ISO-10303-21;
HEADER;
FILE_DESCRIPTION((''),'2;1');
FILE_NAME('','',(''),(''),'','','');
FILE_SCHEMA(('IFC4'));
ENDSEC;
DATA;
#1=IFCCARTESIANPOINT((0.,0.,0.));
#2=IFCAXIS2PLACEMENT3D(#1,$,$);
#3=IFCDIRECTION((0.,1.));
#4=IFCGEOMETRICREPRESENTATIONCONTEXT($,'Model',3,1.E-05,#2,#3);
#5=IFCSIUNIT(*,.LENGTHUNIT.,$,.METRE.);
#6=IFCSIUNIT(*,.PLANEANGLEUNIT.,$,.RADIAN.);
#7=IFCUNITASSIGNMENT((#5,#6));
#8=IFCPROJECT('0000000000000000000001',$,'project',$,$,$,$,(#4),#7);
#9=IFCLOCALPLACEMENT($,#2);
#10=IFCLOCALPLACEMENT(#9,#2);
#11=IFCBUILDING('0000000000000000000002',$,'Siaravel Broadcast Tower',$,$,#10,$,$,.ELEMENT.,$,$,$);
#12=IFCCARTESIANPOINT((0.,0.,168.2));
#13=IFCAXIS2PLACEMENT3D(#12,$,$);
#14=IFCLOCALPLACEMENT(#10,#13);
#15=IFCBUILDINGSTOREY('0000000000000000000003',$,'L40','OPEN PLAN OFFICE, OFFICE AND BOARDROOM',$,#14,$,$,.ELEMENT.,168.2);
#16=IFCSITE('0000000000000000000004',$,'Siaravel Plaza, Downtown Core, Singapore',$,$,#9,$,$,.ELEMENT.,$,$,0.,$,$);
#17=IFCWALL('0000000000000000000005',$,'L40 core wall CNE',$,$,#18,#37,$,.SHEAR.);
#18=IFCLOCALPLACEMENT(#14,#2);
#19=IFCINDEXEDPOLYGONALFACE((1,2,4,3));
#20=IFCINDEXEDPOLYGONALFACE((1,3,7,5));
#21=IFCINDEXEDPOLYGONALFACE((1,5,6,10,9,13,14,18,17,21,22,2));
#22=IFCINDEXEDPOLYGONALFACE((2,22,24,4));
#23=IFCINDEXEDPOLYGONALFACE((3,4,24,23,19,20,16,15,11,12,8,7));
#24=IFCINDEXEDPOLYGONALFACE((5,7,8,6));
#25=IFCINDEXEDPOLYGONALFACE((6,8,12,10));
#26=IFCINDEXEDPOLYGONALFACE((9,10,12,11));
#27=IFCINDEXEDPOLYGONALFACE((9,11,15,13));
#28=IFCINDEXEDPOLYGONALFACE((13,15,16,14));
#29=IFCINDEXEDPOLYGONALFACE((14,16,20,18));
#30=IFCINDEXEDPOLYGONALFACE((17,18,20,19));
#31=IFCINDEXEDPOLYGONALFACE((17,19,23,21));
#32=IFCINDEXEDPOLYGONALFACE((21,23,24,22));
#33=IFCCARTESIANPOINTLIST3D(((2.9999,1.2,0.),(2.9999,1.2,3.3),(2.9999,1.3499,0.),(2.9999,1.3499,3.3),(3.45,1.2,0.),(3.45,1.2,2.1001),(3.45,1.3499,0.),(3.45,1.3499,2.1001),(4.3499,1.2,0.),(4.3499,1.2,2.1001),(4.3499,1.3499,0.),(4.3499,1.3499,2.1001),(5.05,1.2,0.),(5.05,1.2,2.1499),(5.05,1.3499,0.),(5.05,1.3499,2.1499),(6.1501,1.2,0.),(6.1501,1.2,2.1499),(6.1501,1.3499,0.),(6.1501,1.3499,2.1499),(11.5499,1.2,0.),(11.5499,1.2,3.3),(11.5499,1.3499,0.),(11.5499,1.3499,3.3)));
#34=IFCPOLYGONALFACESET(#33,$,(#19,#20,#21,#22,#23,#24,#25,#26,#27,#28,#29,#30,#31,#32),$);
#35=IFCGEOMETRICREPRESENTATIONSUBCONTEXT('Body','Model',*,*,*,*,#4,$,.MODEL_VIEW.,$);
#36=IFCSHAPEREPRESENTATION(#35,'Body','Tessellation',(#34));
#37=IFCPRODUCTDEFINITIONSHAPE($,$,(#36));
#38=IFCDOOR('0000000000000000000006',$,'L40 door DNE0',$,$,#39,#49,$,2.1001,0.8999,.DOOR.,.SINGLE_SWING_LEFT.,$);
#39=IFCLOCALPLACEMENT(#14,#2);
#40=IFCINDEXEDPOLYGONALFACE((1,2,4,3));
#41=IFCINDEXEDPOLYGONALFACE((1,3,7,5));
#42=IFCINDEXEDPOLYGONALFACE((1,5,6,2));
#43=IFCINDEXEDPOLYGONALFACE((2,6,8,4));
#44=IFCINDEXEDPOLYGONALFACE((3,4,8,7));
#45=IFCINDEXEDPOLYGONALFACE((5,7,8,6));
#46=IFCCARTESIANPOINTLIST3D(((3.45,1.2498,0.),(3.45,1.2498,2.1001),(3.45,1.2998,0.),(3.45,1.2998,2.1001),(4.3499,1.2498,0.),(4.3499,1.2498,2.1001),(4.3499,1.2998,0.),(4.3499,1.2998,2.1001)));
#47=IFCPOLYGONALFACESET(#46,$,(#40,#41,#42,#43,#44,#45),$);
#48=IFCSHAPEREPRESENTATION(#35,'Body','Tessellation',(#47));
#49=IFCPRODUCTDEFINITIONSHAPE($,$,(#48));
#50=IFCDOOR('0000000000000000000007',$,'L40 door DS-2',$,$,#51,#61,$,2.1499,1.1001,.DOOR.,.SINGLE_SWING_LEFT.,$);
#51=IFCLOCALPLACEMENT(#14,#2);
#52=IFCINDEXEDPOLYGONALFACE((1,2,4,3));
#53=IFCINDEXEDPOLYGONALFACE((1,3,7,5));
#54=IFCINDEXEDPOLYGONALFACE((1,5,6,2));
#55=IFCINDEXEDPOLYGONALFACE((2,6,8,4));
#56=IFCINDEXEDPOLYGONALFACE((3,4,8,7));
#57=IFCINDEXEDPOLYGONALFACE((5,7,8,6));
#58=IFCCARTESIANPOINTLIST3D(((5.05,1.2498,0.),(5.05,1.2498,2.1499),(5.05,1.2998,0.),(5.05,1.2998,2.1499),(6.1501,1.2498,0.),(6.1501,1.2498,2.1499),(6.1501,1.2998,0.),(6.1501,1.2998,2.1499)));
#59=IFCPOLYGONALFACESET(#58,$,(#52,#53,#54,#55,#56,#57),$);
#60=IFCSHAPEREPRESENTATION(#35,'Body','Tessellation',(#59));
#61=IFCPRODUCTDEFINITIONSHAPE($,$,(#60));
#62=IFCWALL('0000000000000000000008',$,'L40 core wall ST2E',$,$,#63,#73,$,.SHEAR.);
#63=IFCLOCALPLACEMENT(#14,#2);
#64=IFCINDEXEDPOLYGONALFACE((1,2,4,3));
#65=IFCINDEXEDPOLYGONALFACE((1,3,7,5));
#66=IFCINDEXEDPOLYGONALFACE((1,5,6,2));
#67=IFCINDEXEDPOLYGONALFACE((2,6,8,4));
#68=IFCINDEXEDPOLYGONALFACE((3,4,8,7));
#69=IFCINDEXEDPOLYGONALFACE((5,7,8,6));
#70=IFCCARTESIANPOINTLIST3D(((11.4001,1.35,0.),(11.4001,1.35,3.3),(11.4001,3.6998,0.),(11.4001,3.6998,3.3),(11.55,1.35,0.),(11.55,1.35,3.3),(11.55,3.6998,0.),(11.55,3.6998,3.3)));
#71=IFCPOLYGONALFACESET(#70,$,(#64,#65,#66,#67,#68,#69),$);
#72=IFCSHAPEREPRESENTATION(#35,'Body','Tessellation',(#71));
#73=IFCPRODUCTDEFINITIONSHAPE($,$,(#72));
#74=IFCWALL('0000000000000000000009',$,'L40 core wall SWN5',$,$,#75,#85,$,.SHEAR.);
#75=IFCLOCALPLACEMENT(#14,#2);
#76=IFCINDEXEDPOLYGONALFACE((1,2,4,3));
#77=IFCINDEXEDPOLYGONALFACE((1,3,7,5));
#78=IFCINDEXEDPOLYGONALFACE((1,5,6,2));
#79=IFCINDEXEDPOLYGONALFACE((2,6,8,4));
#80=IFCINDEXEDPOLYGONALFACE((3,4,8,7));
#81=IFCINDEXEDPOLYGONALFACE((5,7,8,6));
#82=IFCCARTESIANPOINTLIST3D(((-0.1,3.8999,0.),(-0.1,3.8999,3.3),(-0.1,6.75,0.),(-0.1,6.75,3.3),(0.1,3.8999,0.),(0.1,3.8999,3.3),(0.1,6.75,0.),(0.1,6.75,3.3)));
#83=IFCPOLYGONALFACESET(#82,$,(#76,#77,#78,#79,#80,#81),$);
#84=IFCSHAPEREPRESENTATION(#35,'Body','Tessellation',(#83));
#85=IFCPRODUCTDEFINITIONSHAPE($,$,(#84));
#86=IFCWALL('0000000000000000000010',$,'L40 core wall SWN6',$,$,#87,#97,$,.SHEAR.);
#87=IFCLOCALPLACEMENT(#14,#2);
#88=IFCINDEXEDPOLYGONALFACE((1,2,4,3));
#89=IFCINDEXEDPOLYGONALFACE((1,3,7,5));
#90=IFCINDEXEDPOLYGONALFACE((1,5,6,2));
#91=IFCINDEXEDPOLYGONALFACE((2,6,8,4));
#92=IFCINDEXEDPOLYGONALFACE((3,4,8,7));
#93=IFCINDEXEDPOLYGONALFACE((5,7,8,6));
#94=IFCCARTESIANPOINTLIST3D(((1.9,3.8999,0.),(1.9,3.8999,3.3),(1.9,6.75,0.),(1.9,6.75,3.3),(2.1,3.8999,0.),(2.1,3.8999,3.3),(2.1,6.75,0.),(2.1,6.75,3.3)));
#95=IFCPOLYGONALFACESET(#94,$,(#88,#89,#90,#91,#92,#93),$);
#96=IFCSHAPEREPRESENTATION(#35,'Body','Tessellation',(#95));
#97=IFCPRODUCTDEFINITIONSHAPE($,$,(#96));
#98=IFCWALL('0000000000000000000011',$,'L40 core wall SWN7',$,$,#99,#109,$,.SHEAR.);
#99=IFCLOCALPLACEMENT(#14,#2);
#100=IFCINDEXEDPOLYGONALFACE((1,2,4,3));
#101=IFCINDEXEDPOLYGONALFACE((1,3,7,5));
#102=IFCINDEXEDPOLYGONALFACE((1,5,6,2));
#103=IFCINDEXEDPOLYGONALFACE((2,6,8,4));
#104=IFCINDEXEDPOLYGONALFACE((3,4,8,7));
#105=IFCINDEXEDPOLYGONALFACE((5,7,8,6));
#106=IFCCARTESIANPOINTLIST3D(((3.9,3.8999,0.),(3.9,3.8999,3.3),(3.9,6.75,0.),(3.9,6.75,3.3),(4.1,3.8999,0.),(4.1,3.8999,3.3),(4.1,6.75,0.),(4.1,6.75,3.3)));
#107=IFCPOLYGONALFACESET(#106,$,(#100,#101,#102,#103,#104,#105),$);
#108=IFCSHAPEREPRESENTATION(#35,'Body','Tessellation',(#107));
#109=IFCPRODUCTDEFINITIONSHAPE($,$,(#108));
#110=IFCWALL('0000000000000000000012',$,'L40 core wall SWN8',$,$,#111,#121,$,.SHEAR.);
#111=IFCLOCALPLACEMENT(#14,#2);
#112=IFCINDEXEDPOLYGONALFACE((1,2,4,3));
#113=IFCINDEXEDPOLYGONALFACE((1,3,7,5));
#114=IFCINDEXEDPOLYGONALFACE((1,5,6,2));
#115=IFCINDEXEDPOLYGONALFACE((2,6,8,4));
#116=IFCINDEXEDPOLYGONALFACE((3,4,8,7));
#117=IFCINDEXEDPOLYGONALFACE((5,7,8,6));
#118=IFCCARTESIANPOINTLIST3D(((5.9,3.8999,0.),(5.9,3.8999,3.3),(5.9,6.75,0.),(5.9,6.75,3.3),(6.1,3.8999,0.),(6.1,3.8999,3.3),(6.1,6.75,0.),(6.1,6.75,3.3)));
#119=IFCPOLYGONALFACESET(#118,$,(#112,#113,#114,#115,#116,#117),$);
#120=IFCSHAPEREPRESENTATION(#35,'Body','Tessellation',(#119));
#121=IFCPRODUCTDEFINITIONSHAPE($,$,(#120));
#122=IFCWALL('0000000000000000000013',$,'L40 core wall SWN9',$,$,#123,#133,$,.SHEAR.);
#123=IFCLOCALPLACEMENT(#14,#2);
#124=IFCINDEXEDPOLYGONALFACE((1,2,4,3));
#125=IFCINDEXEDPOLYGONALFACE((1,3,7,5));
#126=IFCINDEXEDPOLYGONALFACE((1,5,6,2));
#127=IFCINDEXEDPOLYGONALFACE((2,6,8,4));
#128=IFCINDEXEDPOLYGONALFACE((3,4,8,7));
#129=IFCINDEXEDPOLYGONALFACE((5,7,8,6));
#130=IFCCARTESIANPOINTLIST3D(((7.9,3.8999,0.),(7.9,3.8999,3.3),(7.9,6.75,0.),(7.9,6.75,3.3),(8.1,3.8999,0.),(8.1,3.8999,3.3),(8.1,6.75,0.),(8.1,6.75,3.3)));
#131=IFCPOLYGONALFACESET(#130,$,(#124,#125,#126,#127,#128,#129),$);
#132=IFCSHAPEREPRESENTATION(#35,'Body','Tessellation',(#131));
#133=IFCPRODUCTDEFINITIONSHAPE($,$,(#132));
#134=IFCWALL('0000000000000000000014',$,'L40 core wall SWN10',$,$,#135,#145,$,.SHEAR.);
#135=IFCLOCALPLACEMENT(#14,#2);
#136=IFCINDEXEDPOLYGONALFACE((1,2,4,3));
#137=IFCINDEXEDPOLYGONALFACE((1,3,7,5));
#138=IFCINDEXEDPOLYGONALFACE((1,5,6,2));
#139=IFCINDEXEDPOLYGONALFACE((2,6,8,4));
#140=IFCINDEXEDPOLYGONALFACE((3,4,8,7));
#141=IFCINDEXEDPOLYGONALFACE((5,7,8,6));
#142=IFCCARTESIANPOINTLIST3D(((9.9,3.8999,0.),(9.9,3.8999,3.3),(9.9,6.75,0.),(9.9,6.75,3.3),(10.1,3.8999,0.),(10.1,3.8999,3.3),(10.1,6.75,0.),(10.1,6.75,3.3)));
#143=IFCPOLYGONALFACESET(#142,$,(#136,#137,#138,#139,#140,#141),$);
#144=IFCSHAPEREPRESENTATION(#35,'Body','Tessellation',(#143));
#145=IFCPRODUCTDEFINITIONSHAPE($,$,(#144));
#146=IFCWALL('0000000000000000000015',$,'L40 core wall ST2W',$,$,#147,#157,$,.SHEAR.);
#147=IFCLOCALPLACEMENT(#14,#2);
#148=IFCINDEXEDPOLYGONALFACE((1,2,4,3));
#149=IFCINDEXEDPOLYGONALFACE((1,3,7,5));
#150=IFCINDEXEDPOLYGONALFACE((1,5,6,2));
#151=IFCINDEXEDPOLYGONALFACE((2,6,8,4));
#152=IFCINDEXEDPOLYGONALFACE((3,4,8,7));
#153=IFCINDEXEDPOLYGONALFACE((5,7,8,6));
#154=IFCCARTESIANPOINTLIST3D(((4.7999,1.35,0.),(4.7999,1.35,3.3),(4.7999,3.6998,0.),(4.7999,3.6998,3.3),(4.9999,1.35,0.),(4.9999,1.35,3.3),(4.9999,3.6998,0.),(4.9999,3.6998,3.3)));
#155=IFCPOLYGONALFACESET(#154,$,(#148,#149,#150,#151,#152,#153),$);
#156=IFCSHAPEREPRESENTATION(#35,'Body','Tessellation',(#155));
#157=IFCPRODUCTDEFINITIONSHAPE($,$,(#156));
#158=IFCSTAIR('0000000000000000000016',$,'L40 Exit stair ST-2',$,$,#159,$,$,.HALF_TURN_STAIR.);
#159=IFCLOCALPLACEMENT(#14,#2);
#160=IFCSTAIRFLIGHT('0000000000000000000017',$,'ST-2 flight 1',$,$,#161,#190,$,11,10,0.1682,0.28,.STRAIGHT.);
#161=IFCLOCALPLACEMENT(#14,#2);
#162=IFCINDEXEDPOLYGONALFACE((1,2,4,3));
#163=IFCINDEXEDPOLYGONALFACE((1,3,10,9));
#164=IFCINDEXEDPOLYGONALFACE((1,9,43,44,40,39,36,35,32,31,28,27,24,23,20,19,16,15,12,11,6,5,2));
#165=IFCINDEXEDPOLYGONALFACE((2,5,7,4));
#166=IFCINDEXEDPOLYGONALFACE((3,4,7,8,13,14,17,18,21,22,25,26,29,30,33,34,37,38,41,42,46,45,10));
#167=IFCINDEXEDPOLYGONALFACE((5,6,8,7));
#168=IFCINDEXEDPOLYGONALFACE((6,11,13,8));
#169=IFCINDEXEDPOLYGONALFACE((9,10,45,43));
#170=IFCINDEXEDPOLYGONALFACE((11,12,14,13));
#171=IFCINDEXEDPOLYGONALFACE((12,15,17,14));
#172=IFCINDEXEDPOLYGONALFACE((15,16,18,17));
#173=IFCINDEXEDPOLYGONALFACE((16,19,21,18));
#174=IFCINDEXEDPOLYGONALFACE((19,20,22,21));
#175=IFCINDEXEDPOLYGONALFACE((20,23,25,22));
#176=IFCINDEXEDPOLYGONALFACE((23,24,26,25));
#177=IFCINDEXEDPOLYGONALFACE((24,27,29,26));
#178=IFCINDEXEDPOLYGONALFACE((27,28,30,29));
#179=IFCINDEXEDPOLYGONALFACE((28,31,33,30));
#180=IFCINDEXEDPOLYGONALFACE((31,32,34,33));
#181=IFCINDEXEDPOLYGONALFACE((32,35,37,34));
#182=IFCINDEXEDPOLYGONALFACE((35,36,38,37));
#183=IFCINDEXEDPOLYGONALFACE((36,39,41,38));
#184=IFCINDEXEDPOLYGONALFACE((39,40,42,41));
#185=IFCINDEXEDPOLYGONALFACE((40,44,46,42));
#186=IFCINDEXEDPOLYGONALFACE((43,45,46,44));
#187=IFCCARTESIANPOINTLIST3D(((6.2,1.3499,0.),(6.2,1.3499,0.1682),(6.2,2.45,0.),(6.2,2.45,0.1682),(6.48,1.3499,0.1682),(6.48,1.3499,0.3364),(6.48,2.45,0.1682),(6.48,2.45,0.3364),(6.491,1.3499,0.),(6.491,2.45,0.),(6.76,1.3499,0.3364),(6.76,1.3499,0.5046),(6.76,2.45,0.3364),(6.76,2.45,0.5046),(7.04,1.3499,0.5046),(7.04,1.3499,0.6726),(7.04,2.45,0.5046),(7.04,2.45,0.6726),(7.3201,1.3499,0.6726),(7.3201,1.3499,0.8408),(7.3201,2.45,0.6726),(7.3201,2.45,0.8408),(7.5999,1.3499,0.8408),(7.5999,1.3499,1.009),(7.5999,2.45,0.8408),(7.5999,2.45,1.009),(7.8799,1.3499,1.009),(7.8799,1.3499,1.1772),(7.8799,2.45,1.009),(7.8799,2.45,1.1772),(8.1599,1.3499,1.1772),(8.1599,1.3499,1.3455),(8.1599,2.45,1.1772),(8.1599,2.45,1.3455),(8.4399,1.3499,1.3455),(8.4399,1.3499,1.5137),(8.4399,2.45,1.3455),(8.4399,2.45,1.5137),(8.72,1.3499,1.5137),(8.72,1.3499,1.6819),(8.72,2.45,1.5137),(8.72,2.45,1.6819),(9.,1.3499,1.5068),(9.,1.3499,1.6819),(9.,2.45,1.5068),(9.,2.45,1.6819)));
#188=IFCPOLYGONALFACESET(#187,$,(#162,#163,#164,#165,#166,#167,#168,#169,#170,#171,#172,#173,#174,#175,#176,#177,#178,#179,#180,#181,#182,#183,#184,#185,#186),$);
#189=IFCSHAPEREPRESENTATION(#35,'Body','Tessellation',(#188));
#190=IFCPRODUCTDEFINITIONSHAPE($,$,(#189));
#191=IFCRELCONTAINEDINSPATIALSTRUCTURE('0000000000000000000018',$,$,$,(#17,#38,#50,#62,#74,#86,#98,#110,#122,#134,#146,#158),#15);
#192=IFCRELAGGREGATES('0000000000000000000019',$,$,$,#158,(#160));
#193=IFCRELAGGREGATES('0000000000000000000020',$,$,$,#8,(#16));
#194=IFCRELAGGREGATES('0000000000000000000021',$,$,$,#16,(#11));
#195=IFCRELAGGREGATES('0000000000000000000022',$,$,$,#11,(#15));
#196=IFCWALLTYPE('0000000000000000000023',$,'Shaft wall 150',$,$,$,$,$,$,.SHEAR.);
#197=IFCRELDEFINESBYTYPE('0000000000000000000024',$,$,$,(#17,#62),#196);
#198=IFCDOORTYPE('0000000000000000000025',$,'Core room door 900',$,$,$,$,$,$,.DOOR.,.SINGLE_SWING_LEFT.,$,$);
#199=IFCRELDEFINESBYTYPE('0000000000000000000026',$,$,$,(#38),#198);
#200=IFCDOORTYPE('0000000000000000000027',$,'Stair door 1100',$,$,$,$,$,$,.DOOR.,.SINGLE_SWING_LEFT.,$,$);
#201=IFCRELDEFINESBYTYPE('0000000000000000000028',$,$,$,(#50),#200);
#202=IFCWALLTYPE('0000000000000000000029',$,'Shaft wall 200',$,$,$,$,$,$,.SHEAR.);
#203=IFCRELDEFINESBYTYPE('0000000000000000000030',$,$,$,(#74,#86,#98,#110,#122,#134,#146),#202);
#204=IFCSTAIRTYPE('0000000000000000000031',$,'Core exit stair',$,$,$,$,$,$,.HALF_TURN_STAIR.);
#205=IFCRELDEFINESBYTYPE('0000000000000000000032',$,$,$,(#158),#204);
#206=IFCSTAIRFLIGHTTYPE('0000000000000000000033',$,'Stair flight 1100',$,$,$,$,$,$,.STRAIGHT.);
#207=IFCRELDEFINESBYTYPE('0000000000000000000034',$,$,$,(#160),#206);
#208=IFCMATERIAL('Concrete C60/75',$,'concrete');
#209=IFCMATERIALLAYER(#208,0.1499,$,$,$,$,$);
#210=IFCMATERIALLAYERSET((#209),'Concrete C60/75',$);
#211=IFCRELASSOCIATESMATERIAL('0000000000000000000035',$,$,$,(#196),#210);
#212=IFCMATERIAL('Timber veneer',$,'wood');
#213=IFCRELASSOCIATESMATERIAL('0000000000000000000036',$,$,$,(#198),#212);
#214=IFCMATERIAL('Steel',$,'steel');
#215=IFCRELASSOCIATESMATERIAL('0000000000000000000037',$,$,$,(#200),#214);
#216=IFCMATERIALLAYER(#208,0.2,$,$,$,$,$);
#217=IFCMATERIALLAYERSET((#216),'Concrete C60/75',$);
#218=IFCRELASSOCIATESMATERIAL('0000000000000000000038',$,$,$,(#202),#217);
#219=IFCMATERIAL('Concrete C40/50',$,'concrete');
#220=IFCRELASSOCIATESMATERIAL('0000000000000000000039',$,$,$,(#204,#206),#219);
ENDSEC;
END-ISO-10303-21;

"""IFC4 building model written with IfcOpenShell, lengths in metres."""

from ifc_helpers import new_model, si_unit, direction, frame, frame_2d, origin, place, context, subcontext, project, spatial, polyline, rectangle, outline, extrude, material, layer, layer_set, type_object, element, fill, aggregate, save


model = new_model("IFC4")

# Units and contexts
model_context = context("Model", 3, precision=1e-05, world=origin(), true_north=direction((0.0, 1.0)))
body_context = subcontext(model_context, "Body", "Model", "MODEL_VIEW")
ifc_project = project(units=[si_unit("LENGTHUNIT", "METRE"), si_unit("PLANEANGLEUNIT", "RADIAN")], contexts=[model_context])

# Site, building, storey
site_placement = place(None, origin())
site = spatial("IfcSite", under=ifc_project, at=site_placement, Name="Siaravel Plaza, Downtown Core, Singapore", CompositionType="ELEMENT", RefElevation=0.0)
building_placement = place(site_placement, origin())
building = spatial("IfcBuilding", under=site, at=building_placement, Name="Siaravel Broadcast Tower", CompositionType="ELEMENT")
storey_placement = place(building_placement, frame((0.0, 0.0, 168.2)))
storey = spatial("IfcBuildingStorey", under=building, at=storey_placement, Name="L40", Description="OPEN PLAN OFFICE, OFFICE AND BOARDROOM", CompositionType="ELEMENT", Elevation=168.2)

# Shared definitions
ifc_material_1 = material(Name="Concrete C60/75", Category="concrete")

# Shared definitions
ifc_material_2 = material(Name="Timber veneer", Category="wood")

# Wall, openings, doors
ifc_layer_1 = layer(ifc_material_1, 0.1499)
ifc_layer_set_1 = layer_set([ifc_layer_1], Name="Concrete C60/75")
wall_type_1 = type_object("IfcWallType", Name="Shaft wall 150", PredefinedType="SHEAR", material=ifc_layer_set_1)
wall_1_placement = place(storey_placement, frame((3.0, 1.2749, 0.0), z_axis=(0.0, 0.0, 1.0), x_axis=(1.0, 0.0, 0.0)))
wall_1 = element("IfcWall", 1, at=wall_1_placement, inside=storey, type_object=wall_type_1, Name="L40 core wall CNE", PredefinedType="SHEAR", context=body_context, shape_type="SweptSolid", body=[
    extrude(rectangle(XDim=8.55, YDim=0.1499, at=frame_2d((4.2749, 0.0))), origin(), (0.0, 0.0, 1.0), 3.3),
])
opening_1_placement = place(wall_1_placement, frame((2.05, 0.0, 0.0)))
opening_1 = element("IfcOpeningElement", 2, at=opening_1_placement, cuts=wall_1, PredefinedType="OPENING", context=body_context, shape_type="SweptSolid", body=[
    extrude(rectangle(XDim=1.1001, YDim=2.1499, at=frame_2d((0.55, 1.075))), frame((0.0, 0.085, 0.0), z_axis=(0.0, -1.0, 0.0), x_axis=(1.0, 0.0, 0.0)), (0.0, 0.0, 1.0), 0.1699),
])
opening_2_placement = place(wall_1_placement, frame((0.45, 0.0, 0.0)))
opening_2 = element("IfcOpeningElement", 3, at=opening_2_placement, cuts=wall_1, PredefinedType="OPENING", context=body_context, shape_type="SweptSolid", body=[
    extrude(rectangle(XDim=0.8999, YDim=2.1001, at=frame_2d((0.45, 1.05))), frame((0.0, 0.085, 0.0), z_axis=(0.0, -1.0, 0.0), x_axis=(1.0, 0.0, 0.0)), (0.0, 0.0, 1.0), 0.1699),
])
door_type_1 = type_object("IfcDoorType", Name="Core room door 900", OperationType="SINGLE_SWING_LEFT", PredefinedType="DOOR", material=ifc_material_2)
door_1_placement = place(opening_2_placement, origin())
door_1 = element("IfcDoor", 4, at=door_1_placement, inside=storey, type_object=door_type_1, Name="L40 door DNE0", OperationType="SINGLE_SWING_LEFT", OverallHeight=2.1001, OverallWidth=0.8999, PredefinedType="DOOR", context=body_context, shape_type="SweptSolid", body=[
    extrude(rectangle(XDim=0.8999, YDim=2.1001, at=frame_2d((0.45, 1.05))), frame((0.0, 0.0249, 0.0), z_axis=(0.0, -1.0, 0.0), x_axis=(1.0, 0.0, 0.0)), (0.0, 0.0, 1.0), 0.05),
])
fill(opening_2, door_1)
ifc_material_3 = material(Name="Steel", Category="steel")
door_type_2 = type_object("IfcDoorType", Name="Stair door 1100", OperationType="SINGLE_SWING_LEFT", PredefinedType="DOOR", material=ifc_material_3)
door_2_placement = place(opening_1_placement, origin())
door_2 = element("IfcDoor", 5, at=door_2_placement, inside=storey, type_object=door_type_2, Name="L40 door DS-2", OperationType="SINGLE_SWING_LEFT", OverallHeight=2.1499, OverallWidth=1.1001, PredefinedType="DOOR", context=body_context, shape_type="SweptSolid", body=[
    extrude(rectangle(XDim=1.1001, YDim=2.1499, at=frame_2d((0.55, 1.075))), frame((0.0, 0.0249, 0.0), z_axis=(0.0, -1.0, 0.0), x_axis=(1.0, 0.0, 0.0)), (0.0, 0.0, 1.0), 0.05),
])
fill(opening_1, door_2)

# Walls
wall_2_placement = place(storey_placement, frame((11.4751, 1.3501, 0.0), z_axis=(0.0, 0.0, 1.0), x_axis=(0.0, 1.0, 0.0)))
element("IfcWall", 6, at=wall_2_placement, inside=storey, type_object=wall_type_1, Name="L40 core wall ST2E", PredefinedType="SHEAR", context=body_context, shape_type="SweptSolid", body=[
    extrude(rectangle(XDim=2.3499, YDim=0.1499, at=frame_2d((1.1748, 0.0))), origin(), (0.0, 0.0, 1.0), 3.3),
])
ifc_layer_2 = layer(ifc_material_1, 0.2)
ifc_layer_set_2 = layer_set([ifc_layer_2], Name="Concrete C60/75")
wall_type_2 = type_object("IfcWallType", Name="Shaft wall 200", PredefinedType="SHEAR", material=ifc_layer_set_2)
for number, where, z_axis, x_axis, name in (
    (7, (0.0, 3.8999, 0.0), (0.0, 0.0, 1.0), (0.0, 1.0, 0.0), "L40 core wall SWN5"),
    (8, (2.0, 3.8999, 0.0), (0.0, 0.0, 1.0), (0.0, 1.0, 0.0), "L40 core wall SWN6"),
    (9, (4.0, 3.8999, 0.0), (0.0, 0.0, 1.0), (0.0, 1.0, 0.0), "L40 core wall SWN7"),
    (10, (6.0, 3.8999, 0.0), (0.0, 0.0, 1.0), (0.0, 1.0, 0.0), "L40 core wall SWN8"),
    (11, (8.0, 3.8999, 0.0), (0.0, 0.0, 1.0), (0.0, 1.0, 0.0), "L40 core wall SWN9"),
    (12, (10.0, 3.8999, 0.0), (0.0, 0.0, 1.0), (0.0, 1.0, 0.0), "L40 core wall SWN10"),
):
    element("IfcWall", number, at=place(storey_placement, frame(where, z_axis=z_axis, x_axis=x_axis)), inside=storey, type_object=wall_type_2, Name=name, PredefinedType="SHEAR", context=body_context, shape_type="SweptSolid", body=[
        extrude(rectangle(XDim=2.8501, YDim=0.2, at=frame_2d((1.425, 0.0))), origin(), (0.0, 0.0, 1.0), 3.3),
    ])
wall_3_placement = place(storey_placement, frame((4.8999, 1.3501, 0.0), z_axis=(0.0, 0.0, 1.0), x_axis=(0.0, 1.0, 0.0)))
element("IfcWall", 13, at=wall_3_placement, inside=storey, type_object=wall_type_2, Name="L40 core wall ST2W", PredefinedType="SHEAR", context=body_context, shape_type="SweptSolid", body=[
    extrude(rectangle(XDim=2.3499, YDim=0.2, at=frame_2d((1.1748, 0.0))), origin(), (0.0, 0.0, 1.0), 3.3),
])

# Stair, stair flight
ifc_material_4 = material(Name="Concrete C40/50", Category="concrete")
stair_type = type_object("IfcStairType", Name="Core exit stair", PredefinedType="HALF_TURN_STAIR", material=ifc_material_4)
stair_placement = place(storey_placement, origin())
stair = element("IfcStair", 14, at=stair_placement, inside=storey, type_object=stair_type, Name="L40 Exit stair ST-2", PredefinedType="HALF_TURN_STAIR")
stair_flight_type = type_object("IfcStairFlightType", Name="Stair flight 1100", PredefinedType="STRAIGHT", material=ifc_material_4)
stair_flight_1_placement = place(storey_placement, frame((6.2, 1.8999, 0.0), z_axis=(0.0, 0.0, 1.0), x_axis=(1.0, 0.0, 0.0)))
stair_flight_1 = element("IfcStairFlight", 15, at=stair_flight_1_placement, type_object=stair_flight_type, Name="ST-2 flight 1", NumberOfRisers=11, NumberOfTreads=10, PredefinedType="STRAIGHT", RiserHeight=0.1682, TreadLength=0.28, context=body_context, shape_type="SweptSolid", body=[
    extrude(outline(polyline([(0.0, 0.0), (0.0, 0.1682), (0.28, 0.1682), (0.28, 0.3364), (0.5601, 0.3364), (0.5601, 0.5046), (0.8401, 0.5046), (0.8401, 0.6726), (1.1201, 0.6726), (1.1201, 0.8408), (1.3999, 0.8408), (1.3999, 1.009), (1.6799, 1.009), (1.6799, 1.1772), (1.96, 1.1772), (1.96, 1.3455), (2.24, 1.3455), (2.24, 1.5137), (2.52, 1.5137), (2.52, 1.6819), (2.8, 1.6819), (2.8, 1.8501), (2.8, 1.5068), (0.291, 0.0), (0.0, 0.0)])), frame((0.0, 0.55, 0.0), z_axis=(0.0, -1.0, 0.0), x_axis=(1.0, 0.0, 0.0)), (0.0, 0.0, 1.0), 1.1001),
])
aggregate(stair, [stair_flight_1])

save(model, "model.ifc")
